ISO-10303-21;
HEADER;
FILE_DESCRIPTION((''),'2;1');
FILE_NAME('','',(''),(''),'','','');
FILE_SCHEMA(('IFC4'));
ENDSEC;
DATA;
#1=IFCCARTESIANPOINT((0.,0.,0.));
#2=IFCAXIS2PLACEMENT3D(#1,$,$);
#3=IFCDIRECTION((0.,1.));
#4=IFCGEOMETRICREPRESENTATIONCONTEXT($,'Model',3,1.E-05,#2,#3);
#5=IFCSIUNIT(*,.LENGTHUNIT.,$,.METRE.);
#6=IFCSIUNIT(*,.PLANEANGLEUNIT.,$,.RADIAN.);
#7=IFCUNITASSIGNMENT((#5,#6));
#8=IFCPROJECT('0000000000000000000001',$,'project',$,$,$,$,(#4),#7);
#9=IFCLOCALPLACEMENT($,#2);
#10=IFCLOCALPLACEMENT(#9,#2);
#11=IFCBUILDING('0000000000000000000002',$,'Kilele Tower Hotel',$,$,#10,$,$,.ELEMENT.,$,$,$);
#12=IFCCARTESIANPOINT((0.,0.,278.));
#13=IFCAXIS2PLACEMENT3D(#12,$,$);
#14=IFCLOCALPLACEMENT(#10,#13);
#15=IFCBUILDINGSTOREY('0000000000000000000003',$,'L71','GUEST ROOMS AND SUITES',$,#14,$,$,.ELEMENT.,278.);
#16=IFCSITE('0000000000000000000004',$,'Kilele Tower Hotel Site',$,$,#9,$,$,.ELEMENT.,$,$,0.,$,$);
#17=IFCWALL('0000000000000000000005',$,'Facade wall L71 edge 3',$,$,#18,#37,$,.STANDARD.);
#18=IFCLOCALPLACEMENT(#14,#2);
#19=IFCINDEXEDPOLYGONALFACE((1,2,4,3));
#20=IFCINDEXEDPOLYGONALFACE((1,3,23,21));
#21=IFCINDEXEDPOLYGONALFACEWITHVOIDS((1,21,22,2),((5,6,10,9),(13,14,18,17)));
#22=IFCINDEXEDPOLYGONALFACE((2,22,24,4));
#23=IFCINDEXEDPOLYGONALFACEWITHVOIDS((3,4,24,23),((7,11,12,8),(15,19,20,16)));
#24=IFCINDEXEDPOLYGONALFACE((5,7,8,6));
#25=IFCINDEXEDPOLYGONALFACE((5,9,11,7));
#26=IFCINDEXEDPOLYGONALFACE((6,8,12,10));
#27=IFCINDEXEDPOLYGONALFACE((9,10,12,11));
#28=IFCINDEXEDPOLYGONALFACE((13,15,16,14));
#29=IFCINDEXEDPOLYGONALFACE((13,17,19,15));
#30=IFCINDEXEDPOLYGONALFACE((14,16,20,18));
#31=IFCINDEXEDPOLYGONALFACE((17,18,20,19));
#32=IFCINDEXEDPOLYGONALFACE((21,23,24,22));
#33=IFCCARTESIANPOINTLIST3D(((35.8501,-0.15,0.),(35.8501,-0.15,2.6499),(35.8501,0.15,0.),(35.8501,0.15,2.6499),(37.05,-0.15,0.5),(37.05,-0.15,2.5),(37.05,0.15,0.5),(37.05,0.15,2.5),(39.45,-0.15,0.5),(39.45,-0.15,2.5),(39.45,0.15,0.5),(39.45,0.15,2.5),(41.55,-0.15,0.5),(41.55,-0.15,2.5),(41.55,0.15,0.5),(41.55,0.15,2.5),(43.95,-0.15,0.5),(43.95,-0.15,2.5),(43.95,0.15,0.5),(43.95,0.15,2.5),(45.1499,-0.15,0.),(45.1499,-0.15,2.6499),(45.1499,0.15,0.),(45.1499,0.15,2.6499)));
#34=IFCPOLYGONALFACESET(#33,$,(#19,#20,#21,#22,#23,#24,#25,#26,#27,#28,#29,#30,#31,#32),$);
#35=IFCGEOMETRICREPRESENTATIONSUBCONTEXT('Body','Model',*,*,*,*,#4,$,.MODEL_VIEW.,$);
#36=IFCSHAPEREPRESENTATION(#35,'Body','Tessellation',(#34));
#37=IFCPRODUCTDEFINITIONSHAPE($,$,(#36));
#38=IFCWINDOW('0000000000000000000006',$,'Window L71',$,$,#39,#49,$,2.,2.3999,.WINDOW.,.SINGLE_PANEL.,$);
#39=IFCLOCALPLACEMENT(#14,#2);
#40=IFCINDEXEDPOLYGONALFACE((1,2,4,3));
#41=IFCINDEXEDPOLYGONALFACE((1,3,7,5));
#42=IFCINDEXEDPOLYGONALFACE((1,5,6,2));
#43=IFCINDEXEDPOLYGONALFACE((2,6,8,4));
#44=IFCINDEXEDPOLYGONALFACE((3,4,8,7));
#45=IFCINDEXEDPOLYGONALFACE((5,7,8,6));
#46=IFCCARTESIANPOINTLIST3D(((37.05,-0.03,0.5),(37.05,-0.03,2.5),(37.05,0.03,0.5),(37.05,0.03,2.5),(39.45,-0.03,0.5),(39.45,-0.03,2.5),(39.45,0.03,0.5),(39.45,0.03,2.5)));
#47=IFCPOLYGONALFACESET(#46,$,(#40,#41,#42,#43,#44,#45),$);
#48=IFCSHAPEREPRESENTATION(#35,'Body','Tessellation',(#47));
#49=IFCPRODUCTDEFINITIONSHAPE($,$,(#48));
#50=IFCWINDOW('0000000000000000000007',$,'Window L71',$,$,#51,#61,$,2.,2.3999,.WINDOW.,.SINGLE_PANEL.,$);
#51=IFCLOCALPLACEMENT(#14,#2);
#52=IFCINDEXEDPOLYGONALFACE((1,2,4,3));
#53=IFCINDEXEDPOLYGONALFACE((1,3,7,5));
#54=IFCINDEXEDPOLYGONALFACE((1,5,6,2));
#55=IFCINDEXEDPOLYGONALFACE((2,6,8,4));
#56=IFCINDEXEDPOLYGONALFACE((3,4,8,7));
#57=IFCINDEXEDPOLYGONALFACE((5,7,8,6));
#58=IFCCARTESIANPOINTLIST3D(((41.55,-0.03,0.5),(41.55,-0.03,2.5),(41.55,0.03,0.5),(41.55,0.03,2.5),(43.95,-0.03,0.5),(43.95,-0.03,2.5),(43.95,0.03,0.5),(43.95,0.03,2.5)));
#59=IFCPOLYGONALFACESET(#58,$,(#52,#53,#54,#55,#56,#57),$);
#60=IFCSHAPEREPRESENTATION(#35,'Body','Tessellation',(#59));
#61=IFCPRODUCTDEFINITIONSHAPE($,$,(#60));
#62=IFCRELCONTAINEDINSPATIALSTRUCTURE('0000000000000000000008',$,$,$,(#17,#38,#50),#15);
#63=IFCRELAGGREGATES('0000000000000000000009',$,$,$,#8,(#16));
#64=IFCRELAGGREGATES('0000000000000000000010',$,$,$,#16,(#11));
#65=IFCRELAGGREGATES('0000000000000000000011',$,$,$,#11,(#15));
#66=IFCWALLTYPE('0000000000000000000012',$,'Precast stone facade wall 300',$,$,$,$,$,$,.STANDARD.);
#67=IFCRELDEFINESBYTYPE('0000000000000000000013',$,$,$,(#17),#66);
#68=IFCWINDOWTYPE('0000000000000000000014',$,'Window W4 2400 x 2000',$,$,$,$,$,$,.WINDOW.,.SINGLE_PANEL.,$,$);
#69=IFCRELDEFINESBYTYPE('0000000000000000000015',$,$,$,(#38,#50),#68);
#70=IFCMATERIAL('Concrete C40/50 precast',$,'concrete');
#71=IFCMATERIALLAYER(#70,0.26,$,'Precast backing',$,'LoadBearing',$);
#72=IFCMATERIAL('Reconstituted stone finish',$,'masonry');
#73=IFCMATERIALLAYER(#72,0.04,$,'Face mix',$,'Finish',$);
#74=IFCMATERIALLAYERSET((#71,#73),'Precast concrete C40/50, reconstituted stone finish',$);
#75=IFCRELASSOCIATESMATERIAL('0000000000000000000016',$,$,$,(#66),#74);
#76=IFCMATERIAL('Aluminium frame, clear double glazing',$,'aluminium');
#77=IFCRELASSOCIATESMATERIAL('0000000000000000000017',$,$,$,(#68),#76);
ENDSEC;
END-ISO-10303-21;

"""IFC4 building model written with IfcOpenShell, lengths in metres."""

from ifc_helpers import new_model, si_unit, direction, frame, frame_2d, origin, place, context, subcontext, project, spatial, rectangle, extrude, material, layer, layer_set, type_object, element, fill, save


model = new_model("IFC4")

# Units and contexts
model_context = context("Model", 3, precision=1e-05, world=origin(), true_north=direction((0.0, 1.0)))
body_context = subcontext(model_context, "Body", "Model", "MODEL_VIEW")
ifc_project = project(units=[si_unit("LENGTHUNIT", "METRE"), si_unit("PLANEANGLEUNIT", "RADIAN")], contexts=[model_context])

# Site, building, storey
site_placement = place(None, origin())
site = spatial("IfcSite", under=ifc_project, at=site_placement, Name="Kilele Tower Hotel Site", CompositionType="ELEMENT", RefElevation=0.0)
building_placement = place(site_placement, origin())
building = spatial("IfcBuilding", under=site, at=building_placement, Name="Kilele Tower Hotel", CompositionType="ELEMENT")
storey_placement = place(building_placement, frame((0.0, 0.0, 278.0)))
storey = spatial("IfcBuildingStorey", under=building, at=storey_placement, Name="L71", Description="GUEST ROOMS AND SUITES", CompositionType="ELEMENT", Elevation=278.0)

# Wall, openings, windows
ifc_material_1 = material(Name="Concrete C40/50 precast", Category="concrete")
ifc_layer_1 = layer(ifc_material_1, 0.26, Name="Precast backing", Category="LoadBearing")
ifc_material_2 = material(Name="Reconstituted stone finish", Category="masonry")
ifc_layer_2 = layer(ifc_material_2, 0.04, Name="Face mix", Category="Finish")
ifc_layer_set_1 = layer_set([ifc_layer_1, ifc_layer_2], Name="Precast concrete C40/50, reconstituted stone finish")
wall_type_1 = type_object("IfcWallType", Name="Precast stone facade wall 300", PredefinedType="STANDARD", material=ifc_layer_set_1)
wall_1_placement = place(storey_placement, frame((35.8501, 0.0, 0.0), z_axis=(0.0, 0.0, 1.0), x_axis=(1.0, 0.0, 0.0)))
wall_1 = element("IfcWall", 1, at=wall_1_placement, inside=storey, type_object=wall_type_1, Name="Facade wall L71 edge 3", PredefinedType="STANDARD", context=body_context, shape_type="SweptSolid", body=[
    extrude(rectangle(XDim=9.2998, YDim=0.3, at=frame_2d((4.6499, 0.0))), origin(), (0.0, 0.0, 1.0), 2.6499),
])
opening_1_placement = place(wall_1_placement, frame((1.2, 0.0, 0.5)))
opening_1 = element("IfcOpeningElement", 2, at=opening_1_placement, cuts=wall_1, PredefinedType="OPENING", context=body_context, shape_type="SweptSolid", body=[
    extrude(rectangle(XDim=2.3999, YDim=2.0, at=frame_2d((1.2, 1.0))), frame((0.0, 0.1599, 0.0), z_axis=(0.0, -1.0, 0.0), x_axis=(1.0, 0.0, 0.0)), (0.0, 0.0, 1.0), 0.3201),
])
opening_2_placement = place(wall_1_placement, frame((5.7, 0.0, 0.5)))
opening_2 = element("IfcOpeningElement", 3, at=opening_2_placement, cuts=wall_1, PredefinedType="OPENING", context=body_context, shape_type="SweptSolid", body=[
    extrude(rectangle(XDim=2.3999, YDim=2.0, at=frame_2d((1.2, 1.0))), frame((0.0, 0.1599, 0.0), z_axis=(0.0, -1.0, 0.0), x_axis=(1.0, 0.0, 0.0)), (0.0, 0.0, 1.0), 0.3201),
])
ifc_material_3 = material(Name="Aluminium frame, clear double glazing", Category="aluminium")
window_type = type_object("IfcWindowType", Name="Window W4 2400 x 2000", PartitioningType="SINGLE_PANEL", PredefinedType="WINDOW", material=ifc_material_3)
window_1_placement = place(opening_1_placement, origin())
window_1 = element("IfcWindow", 4, at=window_1_placement, inside=storey, type_object=window_type, Name="Window L71", OverallHeight=2.0, OverallWidth=2.3999, PartitioningType="SINGLE_PANEL", PredefinedType="WINDOW", context=body_context, shape_type="SweptSolid", body=[
    extrude(rectangle(XDim=2.3999, YDim=2.0, at=frame_2d((1.2, 1.0))), frame((0.0, 0.03, 0.0), z_axis=(0.0, -1.0, 0.0), x_axis=(1.0, 0.0, 0.0)), (0.0, 0.0, 1.0), 0.0601),
])
fill(opening_1, window_1)
window_2_placement = place(opening_2_placement, origin())
window_2 = element("IfcWindow", 5, at=window_2_placement, inside=storey, type_object=window_type, Name="Window L71", OverallHeight=2.0, OverallWidth=2.3999, PartitioningType="SINGLE_PANEL", PredefinedType="WINDOW", context=body_context, shape_type="SweptSolid", body=[
    extrude(rectangle(XDim=2.3999, YDim=2.0, at=frame_2d((1.2, 1.0))), frame((0.0, 0.03, 0.0), z_axis=(0.0, -1.0, 0.0), x_axis=(1.0, 0.0, 0.0)), (0.0, 0.0, 1.0), 0.0601),
])
fill(opening_2, window_2)

save(model, "model.ifc")
